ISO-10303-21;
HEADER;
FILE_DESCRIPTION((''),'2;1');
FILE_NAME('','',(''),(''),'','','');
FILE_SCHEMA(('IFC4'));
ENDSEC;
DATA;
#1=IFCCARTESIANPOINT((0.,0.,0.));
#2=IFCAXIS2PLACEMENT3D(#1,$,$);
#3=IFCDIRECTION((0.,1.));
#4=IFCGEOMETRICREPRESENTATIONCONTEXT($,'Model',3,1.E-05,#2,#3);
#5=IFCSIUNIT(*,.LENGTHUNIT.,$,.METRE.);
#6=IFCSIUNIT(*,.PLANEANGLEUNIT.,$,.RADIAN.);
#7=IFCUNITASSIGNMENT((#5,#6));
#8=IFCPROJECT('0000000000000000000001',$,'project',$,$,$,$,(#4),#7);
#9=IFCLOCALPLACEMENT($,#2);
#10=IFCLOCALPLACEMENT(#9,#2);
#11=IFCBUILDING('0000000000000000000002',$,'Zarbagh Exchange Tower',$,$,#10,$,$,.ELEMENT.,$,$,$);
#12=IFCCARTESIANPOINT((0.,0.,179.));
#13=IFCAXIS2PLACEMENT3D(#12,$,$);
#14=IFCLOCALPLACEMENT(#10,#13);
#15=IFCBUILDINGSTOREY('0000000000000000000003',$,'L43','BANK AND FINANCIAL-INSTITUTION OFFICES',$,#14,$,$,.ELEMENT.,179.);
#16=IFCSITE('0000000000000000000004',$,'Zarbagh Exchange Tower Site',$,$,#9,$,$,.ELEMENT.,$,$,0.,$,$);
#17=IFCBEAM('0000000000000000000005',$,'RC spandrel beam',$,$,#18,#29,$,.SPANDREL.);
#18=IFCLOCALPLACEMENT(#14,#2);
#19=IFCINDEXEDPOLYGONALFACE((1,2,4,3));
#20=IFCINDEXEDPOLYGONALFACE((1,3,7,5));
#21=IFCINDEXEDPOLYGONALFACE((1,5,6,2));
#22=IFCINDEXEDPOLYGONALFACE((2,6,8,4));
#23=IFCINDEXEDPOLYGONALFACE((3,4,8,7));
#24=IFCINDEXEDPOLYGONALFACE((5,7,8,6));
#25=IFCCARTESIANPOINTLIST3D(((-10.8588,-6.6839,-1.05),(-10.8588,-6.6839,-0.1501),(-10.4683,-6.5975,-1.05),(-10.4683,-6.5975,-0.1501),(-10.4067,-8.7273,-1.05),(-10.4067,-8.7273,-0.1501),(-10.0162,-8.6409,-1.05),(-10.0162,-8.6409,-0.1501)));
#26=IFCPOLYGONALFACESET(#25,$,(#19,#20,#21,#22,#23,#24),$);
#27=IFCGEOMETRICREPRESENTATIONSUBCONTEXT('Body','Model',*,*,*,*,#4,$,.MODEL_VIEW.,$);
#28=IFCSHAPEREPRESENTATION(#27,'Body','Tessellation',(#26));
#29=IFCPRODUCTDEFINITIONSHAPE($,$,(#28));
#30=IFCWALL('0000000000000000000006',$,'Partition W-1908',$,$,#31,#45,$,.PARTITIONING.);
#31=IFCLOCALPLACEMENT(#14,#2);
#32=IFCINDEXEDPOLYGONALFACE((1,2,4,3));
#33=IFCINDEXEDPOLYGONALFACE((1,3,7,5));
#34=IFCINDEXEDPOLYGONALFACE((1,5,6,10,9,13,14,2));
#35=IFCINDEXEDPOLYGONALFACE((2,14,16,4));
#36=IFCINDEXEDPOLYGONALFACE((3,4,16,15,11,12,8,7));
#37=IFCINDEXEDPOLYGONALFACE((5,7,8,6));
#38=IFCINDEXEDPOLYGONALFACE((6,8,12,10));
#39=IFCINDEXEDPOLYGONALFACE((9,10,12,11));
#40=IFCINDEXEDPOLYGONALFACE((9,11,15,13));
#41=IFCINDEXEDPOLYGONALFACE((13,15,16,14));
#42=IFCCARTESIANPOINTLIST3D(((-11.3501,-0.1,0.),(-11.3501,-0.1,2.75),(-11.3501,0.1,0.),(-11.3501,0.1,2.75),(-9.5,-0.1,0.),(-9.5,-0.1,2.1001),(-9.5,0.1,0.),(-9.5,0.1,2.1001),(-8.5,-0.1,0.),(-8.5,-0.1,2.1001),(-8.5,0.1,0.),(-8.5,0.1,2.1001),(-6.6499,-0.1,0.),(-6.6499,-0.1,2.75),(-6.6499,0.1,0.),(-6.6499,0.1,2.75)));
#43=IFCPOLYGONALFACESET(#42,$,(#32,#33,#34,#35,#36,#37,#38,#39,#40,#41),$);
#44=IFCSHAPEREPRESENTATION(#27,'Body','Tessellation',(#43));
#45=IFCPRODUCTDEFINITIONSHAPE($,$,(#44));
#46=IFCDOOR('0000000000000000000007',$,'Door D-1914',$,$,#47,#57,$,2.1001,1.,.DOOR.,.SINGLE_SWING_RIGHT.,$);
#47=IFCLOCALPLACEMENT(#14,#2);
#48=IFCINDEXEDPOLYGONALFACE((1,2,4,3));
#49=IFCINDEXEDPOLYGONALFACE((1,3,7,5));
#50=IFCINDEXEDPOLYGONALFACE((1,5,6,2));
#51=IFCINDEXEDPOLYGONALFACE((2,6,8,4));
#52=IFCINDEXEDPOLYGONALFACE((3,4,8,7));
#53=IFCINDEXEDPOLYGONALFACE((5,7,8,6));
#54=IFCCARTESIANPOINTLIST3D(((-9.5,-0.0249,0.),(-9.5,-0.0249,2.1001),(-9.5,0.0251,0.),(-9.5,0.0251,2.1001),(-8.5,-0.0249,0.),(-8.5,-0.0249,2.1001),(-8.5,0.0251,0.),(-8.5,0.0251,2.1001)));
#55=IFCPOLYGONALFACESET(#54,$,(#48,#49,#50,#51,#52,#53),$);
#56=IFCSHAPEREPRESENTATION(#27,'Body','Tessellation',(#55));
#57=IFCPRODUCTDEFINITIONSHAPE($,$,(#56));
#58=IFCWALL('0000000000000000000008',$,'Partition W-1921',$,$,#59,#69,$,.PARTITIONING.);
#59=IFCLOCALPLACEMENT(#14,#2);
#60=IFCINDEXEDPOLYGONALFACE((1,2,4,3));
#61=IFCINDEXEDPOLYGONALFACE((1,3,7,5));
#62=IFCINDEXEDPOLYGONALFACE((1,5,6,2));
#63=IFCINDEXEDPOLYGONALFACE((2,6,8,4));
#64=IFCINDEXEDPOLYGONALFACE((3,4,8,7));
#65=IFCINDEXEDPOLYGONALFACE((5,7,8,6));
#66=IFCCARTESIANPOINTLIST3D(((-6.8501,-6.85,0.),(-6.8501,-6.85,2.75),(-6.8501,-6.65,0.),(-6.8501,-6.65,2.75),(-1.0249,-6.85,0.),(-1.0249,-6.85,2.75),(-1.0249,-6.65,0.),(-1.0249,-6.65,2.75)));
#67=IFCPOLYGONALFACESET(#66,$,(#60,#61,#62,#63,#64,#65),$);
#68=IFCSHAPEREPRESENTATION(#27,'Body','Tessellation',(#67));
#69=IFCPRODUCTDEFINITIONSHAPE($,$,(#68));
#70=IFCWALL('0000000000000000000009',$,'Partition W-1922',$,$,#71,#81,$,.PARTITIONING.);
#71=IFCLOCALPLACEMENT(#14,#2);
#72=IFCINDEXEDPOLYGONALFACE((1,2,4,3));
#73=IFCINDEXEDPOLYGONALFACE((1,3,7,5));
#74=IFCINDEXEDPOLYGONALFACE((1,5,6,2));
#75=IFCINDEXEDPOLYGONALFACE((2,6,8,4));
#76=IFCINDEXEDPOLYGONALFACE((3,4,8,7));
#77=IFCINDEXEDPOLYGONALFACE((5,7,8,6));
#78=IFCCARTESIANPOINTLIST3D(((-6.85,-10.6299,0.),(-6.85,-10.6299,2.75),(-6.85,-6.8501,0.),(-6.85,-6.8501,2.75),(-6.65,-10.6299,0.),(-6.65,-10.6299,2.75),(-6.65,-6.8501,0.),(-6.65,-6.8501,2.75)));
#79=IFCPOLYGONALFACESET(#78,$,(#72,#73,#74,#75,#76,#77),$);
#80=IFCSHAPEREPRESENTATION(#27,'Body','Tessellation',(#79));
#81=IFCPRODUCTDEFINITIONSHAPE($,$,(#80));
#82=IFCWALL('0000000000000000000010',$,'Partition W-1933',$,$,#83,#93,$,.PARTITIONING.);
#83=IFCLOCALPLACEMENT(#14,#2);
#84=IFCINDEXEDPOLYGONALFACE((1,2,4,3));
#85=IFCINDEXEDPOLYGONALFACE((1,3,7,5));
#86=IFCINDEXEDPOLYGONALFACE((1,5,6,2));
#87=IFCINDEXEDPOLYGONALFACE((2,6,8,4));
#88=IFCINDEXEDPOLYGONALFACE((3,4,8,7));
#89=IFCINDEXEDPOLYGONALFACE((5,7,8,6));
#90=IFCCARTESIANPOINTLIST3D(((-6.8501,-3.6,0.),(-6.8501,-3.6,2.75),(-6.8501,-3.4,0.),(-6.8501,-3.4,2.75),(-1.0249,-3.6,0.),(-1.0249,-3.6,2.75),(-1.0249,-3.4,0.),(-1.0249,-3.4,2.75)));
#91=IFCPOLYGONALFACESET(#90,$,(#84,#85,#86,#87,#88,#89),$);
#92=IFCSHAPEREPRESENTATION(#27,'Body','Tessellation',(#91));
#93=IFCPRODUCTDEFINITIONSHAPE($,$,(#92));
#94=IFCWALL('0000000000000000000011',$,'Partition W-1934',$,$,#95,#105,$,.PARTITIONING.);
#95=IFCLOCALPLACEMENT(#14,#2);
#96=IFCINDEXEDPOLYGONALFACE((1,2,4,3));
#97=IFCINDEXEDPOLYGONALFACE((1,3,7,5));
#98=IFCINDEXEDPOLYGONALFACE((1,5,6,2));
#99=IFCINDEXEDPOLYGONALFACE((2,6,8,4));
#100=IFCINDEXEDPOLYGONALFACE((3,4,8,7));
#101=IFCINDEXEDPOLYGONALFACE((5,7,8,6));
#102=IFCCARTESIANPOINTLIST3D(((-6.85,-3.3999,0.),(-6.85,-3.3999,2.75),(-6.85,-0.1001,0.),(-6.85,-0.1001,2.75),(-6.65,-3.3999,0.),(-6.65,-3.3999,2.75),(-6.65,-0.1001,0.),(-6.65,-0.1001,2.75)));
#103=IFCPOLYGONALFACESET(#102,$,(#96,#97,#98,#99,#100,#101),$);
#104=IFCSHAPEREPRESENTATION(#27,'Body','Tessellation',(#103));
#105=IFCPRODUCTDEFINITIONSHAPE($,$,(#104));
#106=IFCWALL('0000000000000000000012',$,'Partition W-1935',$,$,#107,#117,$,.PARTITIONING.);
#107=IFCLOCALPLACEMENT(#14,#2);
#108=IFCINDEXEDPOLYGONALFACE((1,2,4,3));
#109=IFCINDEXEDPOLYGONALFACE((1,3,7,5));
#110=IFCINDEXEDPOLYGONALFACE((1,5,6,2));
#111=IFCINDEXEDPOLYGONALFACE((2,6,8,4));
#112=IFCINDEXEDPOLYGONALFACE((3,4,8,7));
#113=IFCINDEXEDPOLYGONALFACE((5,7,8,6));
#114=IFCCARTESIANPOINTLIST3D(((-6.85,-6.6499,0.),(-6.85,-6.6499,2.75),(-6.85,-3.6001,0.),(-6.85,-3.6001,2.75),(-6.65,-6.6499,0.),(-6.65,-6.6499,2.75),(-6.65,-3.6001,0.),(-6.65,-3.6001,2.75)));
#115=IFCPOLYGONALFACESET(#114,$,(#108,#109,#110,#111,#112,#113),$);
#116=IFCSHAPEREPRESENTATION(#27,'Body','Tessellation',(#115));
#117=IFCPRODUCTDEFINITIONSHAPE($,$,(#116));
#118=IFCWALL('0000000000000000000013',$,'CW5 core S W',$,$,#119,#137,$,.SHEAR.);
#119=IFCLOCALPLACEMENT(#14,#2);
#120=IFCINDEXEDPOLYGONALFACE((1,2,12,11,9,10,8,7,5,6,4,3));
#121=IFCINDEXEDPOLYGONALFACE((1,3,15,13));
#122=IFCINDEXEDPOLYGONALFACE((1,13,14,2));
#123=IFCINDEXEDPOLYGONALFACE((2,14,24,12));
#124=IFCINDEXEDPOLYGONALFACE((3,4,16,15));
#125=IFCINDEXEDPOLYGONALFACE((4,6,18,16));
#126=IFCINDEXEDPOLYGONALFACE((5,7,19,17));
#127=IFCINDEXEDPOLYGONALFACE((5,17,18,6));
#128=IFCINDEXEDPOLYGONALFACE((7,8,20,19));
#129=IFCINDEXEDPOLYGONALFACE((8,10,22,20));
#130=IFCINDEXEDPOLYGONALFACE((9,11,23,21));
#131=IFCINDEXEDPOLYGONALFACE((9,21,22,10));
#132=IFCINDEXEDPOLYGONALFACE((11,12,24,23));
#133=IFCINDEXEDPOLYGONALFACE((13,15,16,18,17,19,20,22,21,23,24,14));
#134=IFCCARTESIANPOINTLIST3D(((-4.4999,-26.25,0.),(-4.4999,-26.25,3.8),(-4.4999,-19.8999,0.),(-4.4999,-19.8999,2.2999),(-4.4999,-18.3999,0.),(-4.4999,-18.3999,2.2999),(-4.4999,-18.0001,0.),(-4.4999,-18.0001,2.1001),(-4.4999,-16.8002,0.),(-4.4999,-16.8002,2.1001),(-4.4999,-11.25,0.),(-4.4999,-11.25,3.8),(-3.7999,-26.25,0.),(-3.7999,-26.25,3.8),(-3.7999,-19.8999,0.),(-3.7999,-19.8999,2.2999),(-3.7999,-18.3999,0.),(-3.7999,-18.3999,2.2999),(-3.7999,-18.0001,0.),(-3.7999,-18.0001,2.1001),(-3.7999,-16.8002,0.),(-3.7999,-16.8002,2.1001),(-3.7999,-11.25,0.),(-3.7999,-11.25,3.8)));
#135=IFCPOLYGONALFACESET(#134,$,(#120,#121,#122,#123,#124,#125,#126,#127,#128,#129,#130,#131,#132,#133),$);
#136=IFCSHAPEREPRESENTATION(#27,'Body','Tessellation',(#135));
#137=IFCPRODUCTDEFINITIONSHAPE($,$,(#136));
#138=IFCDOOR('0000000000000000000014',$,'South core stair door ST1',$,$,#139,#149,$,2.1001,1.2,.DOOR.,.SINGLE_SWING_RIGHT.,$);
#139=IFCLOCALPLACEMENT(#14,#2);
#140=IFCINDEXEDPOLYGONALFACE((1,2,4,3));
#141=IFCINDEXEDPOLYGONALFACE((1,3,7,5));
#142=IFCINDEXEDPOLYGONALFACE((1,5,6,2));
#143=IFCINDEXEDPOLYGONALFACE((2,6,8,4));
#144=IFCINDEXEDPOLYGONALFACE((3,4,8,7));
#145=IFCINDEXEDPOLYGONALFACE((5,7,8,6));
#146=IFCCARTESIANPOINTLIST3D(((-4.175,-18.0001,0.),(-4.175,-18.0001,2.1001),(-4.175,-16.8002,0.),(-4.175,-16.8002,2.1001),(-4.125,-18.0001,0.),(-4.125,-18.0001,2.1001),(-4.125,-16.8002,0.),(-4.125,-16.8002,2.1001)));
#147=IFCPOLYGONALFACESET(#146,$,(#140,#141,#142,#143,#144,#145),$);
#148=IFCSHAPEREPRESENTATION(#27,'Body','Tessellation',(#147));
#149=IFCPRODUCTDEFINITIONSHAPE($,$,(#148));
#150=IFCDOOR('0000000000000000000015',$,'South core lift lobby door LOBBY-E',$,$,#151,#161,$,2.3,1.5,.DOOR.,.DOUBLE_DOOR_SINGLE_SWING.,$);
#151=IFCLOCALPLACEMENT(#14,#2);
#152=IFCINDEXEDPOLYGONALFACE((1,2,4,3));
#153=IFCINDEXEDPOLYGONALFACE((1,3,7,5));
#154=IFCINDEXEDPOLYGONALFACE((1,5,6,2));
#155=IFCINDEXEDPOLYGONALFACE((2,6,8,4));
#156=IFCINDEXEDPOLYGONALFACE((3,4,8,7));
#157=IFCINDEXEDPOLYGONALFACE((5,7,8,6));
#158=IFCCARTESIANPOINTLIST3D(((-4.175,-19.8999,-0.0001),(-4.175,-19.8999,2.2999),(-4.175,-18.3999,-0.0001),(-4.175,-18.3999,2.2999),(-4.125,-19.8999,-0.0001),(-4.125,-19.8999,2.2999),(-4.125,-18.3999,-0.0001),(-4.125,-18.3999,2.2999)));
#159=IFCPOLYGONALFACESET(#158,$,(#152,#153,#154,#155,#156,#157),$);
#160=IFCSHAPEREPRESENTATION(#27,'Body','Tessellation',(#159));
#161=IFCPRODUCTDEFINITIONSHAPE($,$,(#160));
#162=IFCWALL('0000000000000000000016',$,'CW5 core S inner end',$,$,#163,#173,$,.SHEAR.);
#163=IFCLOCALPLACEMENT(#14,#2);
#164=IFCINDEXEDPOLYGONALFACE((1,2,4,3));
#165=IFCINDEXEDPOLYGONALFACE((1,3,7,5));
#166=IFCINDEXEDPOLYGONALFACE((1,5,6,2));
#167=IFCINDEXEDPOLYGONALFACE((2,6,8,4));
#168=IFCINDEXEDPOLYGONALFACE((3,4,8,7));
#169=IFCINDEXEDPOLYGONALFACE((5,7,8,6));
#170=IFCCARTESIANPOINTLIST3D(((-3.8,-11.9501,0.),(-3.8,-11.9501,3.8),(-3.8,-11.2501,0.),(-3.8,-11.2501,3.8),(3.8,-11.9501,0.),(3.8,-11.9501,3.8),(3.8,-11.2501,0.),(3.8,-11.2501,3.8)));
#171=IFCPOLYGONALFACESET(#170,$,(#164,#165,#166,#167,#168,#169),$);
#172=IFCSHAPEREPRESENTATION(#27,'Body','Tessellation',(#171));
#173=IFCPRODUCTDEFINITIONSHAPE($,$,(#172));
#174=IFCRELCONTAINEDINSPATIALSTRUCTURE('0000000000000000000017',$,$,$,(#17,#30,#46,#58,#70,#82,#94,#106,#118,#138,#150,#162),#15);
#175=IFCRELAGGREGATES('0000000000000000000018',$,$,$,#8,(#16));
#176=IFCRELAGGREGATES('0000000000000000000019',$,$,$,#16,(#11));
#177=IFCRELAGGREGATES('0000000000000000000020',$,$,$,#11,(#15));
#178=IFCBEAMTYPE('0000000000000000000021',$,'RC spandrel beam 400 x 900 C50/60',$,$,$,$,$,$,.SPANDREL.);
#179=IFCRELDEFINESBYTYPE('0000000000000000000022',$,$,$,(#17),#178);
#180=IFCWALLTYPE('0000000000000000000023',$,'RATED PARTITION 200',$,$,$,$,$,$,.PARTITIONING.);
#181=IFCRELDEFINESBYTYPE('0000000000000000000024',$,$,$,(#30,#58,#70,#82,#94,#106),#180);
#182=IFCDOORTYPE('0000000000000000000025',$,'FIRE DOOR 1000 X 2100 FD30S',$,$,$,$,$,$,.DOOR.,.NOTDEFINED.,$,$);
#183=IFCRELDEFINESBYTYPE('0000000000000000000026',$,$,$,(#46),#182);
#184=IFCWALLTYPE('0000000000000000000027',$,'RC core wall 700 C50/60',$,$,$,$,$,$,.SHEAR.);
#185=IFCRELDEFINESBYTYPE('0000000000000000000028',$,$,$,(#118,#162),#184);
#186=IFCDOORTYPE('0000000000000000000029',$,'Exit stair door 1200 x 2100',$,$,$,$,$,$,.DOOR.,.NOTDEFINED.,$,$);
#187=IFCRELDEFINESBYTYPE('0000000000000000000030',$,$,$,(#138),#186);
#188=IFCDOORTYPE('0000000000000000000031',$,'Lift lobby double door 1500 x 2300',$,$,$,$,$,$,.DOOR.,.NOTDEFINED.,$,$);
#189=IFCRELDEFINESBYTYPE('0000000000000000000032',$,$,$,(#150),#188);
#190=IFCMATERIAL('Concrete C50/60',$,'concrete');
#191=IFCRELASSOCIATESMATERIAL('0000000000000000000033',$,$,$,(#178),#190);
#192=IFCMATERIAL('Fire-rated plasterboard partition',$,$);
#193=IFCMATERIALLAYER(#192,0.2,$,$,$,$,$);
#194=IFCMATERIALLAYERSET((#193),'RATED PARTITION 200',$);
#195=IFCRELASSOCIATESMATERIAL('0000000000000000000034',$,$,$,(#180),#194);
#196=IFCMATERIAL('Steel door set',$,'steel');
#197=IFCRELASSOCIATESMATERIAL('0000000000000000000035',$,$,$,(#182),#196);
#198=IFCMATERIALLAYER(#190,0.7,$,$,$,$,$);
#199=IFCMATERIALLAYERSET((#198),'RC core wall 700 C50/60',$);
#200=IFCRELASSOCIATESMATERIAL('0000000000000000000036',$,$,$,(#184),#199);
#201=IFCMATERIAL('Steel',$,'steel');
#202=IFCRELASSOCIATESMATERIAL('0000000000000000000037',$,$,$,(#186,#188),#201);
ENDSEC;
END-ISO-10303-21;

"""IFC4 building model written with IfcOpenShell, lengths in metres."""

from ifc_helpers import new_model, si_unit, direction, frame, frame_2d, origin, origin_2d, place, context, subcontext, project, spatial, rectangle, extrude, material, layer, layer_set, material_profile, profile_set, type_object, element, fill, save


model = new_model("IFC4")

# Units and contexts
model_context = context("Model", 3, precision=1e-05, world=origin(), true_north=direction((0.0, 1.0)))
body_context = subcontext(model_context, "Body", "Model", "MODEL_VIEW")
ifc_project = project(units=[si_unit("LENGTHUNIT", "METRE"), si_unit("PLANEANGLEUNIT", "RADIAN")], contexts=[model_context])

# Site, building, storey
site_placement = place(None, origin())
site = spatial("IfcSite", under=ifc_project, at=site_placement, Name="Zarbagh Exchange Tower Site", CompositionType="ELEMENT", RefElevation=0.0)
building_placement = place(site_placement, origin())
building = spatial("IfcBuilding", under=site, at=building_placement, Name="Zarbagh Exchange Tower", CompositionType="ELEMENT")
storey_placement = place(building_placement, frame((0.0, 0.0, 179.0)))
storey = spatial("IfcBuildingStorey", under=building, at=storey_placement, Name="L43", Description="BANK AND FINANCIAL-INSTITUTION OFFICES", CompositionType="ELEMENT", Elevation=179.0)

# Shared definitions
ifc_material_1 = material(Name="Concrete C50/60", Category="concrete")

# Beam
ifc_material_profile_1 = material_profile(ifc_material_1, rectangle(XDim=0.3999, YDim=0.8999, at=origin_2d()), Name="RC spandrel beam 400 x 900 C50/60")
ifc_profile_set_1 = profile_set([ifc_material_profile_1], Name="Concrete C50/60")
beam_type_1 = type_object("IfcBeamType", Name="RC spandrel beam 400 x 900 C50/60", PredefinedType="SPANDREL", material=ifc_profile_set_1)
beam_1_placement = place(storey_placement, frame((-10.2114, -8.6841, -0.6001), z_axis=(-0.216041, 0.976384, 0.0), x_axis=(-0.976384, -0.216041, 0.0)))
element("IfcBeam", 1, at=beam_1_placement, inside=storey, type_object=beam_type_1, Name="RC spandrel beam", PredefinedType="SPANDREL", context=body_context, shape_type="SweptSolid", body=[
    extrude(rectangle(XDim=0.3999, YDim=0.8999, at=origin_2d()), origin(), (0.0, 0.0, 1.0), 2.0928),
])

# Wall, opening, door
ifc_material_2 = material(Name="Fire-rated plasterboard partition")
ifc_layer_1 = layer(ifc_material_2, 0.2)
ifc_layer_set_1 = layer_set([ifc_layer_1], Name="RATED PARTITION 200")
wall_type_1 = type_object("IfcWallType", Name="RATED PARTITION 200", PredefinedType="PARTITIONING", material=ifc_layer_set_1)
wall_1_placement = place(storey_placement, frame((-6.6499, 0.0, 0.0), z_axis=(0.0, 0.0, 1.0), x_axis=(-1.0, 0.0, 0.0)))
wall_1 = element("IfcWall", 2, at=wall_1_placement, inside=storey, type_object=wall_type_1, Name="Partition W-1908", PredefinedType="PARTITIONING", context=body_context, shape_type="SweptSolid", body=[
    extrude(rectangle(XDim=4.7002, YDim=0.2, at=frame_2d((2.3501, 0.0))), origin(), (0.0, 0.0, 1.0), 2.75),
])
opening_1_placement = place(wall_1_placement, frame((1.8501, 0.0, 0.0)))
opening_1 = element("IfcOpeningElement", 3, at=opening_1_placement, cuts=wall_1, PredefinedType="OPENING", context=body_context, shape_type="SweptSolid", body=[
    extrude(rectangle(XDim=1.0, YDim=2.1001, at=frame_2d((0.5, 1.05))), frame((0.0, 0.1099, 0.0), z_axis=(0.0, -1.0, 0.0), x_axis=(1.0, 0.0, 0.0)), (0.0, 0.0, 1.0), 0.22),
])
ifc_material_3 = material(Name="Steel door set", Category="steel")
door_type_1 = type_object("IfcDoorType", Name="FIRE DOOR 1000 X 2100 FD30S", OperationType="NOTDEFINED", PredefinedType="DOOR", material=ifc_material_3)
door_1_placement = place(opening_1_placement, origin())
door_1 = element("IfcDoor", 4, at=door_1_placement, inside=storey, type_object=door_type_1, Name="Door D-1914", OperationType="SINGLE_SWING_RIGHT", OverallHeight=2.1001, OverallWidth=1.0, PredefinedType="DOOR", context=body_context, shape_type="SweptSolid", body=[
    extrude(rectangle(XDim=1.0, YDim=2.1001, at=frame_2d((0.5, 1.05))), frame((0.0, 0.0249, 0.0), z_axis=(0.0, -1.0, 0.0), x_axis=(1.0, 0.0, 0.0)), (0.0, 0.0, 1.0), 0.05),
])
fill(opening_1, door_1)

# Walls
wall_2_placement = place(storey_placement, frame((-6.8501, -6.75, 0.0), z_axis=(0.0, 0.0, 1.0), x_axis=(1.0, 0.0, 0.0)))
element("IfcWall", 5, at=wall_2_placement, inside=storey, type_object=wall_type_1, Name="Partition W-1921", PredefinedType="PARTITIONING", context=body_context, shape_type="SweptSolid", body=[
    extrude(rectangle(XDim=5.8252, YDim=0.2, at=frame_2d((2.9126, 0.0))), origin(), (0.0, 0.0, 1.0), 2.75),
])
wall_3_placement = place(storey_placement, frame((-6.75, -10.6299, 0.0), z_axis=(0.0, 0.0, 1.0), x_axis=(0.0, 1.0, 0.0)))
element("IfcWall", 6, at=wall_3_placement, inside=storey, type_object=wall_type_1, Name="Partition W-1922", PredefinedType="PARTITIONING", context=body_context, shape_type="SweptSolid", body=[
    extrude(rectangle(XDim=3.7798, YDim=0.2, at=frame_2d((1.8899, 0.0))), origin(), (0.0, 0.0, 1.0), 2.75),
])
wall_4_placement = place(storey_placement, frame((-6.8501, -3.5, 0.0), z_axis=(0.0, 0.0, 1.0), x_axis=(1.0, 0.0, 0.0)))
element("IfcWall", 7, at=wall_4_placement, inside=storey, type_object=wall_type_1, Name="Partition W-1933", PredefinedType="PARTITIONING", context=body_context, shape_type="SweptSolid", body=[
    extrude(rectangle(XDim=5.8252, YDim=0.2, at=frame_2d((2.9126, 0.0))), origin(), (0.0, 0.0, 1.0), 2.75),
])
wall_5_placement = place(storey_placement, frame((-6.75, -3.3999, 0.0), z_axis=(0.0, 0.0, 1.0), x_axis=(0.0, 1.0, 0.0)))
element("IfcWall", 8, at=wall_5_placement, inside=storey, type_object=wall_type_1, Name="Partition W-1934", PredefinedType="PARTITIONING", context=body_context, shape_type="SweptSolid", body=[
    extrude(rectangle(XDim=3.2998, YDim=0.2, at=frame_2d((1.6499, 0.0))), origin(), (0.0, 0.0, 1.0), 2.75),
])
wall_6_placement = place(storey_placement, frame((-6.75, -6.6499, 0.0), z_axis=(0.0, 0.0, 1.0), x_axis=(0.0, 1.0, 0.0)))
element("IfcWall", 9, at=wall_6_placement, inside=storey, type_object=wall_type_1, Name="Partition W-1935", PredefinedType="PARTITIONING", context=body_context, shape_type="SweptSolid", body=[
    extrude(rectangle(XDim=3.0498, YDim=0.2, at=frame_2d((1.5249, 0.0))), origin(), (0.0, 0.0, 1.0), 2.75),
])

# Wall, openings, doors
ifc_layer_2 = layer(ifc_material_1, 0.7)
ifc_layer_set_2 = layer_set([ifc_layer_2], Name="RC core wall 700 C50/60")
wall_type_2 = type_object("IfcWallType", Name="RC core wall 700 C50/60", PredefinedType="SHEAR", material=ifc_layer_set_2)
wall_7_placement = place(storey_placement, frame((-4.1499, -11.25, 0.0), z_axis=(0.0, 0.0, 1.0), x_axis=(0.0, -1.0, 0.0)))
wall_7 = element("IfcWall", 10, at=wall_7_placement, inside=storey, type_object=wall_type_2, Name="CW5 core S W", PredefinedType="SHEAR", context=body_context, shape_type="SweptSolid", body=[
    extrude(rectangle(XDim=15.0, YDim=0.7, at=frame_2d((7.5, 0.0))), origin(), (0.0, 0.0, 1.0), 3.8),
])
opening_2_placement = place(wall_7_placement, frame((7.1499, 0.0, 0.0)))
opening_2 = element("IfcOpeningElement", 11, at=opening_2_placement, cuts=wall_7, PredefinedType="OPENING", context=body_context, shape_type="SweptSolid", body=[
    extrude(rectangle(XDim=1.5, YDim=2.3, at=frame_2d((0.75, 1.1499))), frame((0.0, 0.3599, 0.0), z_axis=(0.0, -1.0, 0.0), x_axis=(1.0, 0.0, 0.0)), (0.0, 0.0, 1.0), 0.72),
])
opening_3_placement = place(wall_7_placement, frame((5.55, 0.0, 0.0)))
opening_3 = element("IfcOpeningElement", 12, at=opening_3_placement, cuts=wall_7, PredefinedType="OPENING", context=body_context, shape_type="SweptSolid", body=[
    extrude(rectangle(XDim=1.2, YDim=2.1001, at=frame_2d((0.6001, 1.05))), frame((0.0, 0.3599, 0.0), z_axis=(0.0, -1.0, 0.0), x_axis=(1.0, 0.0, 0.0)), (0.0, 0.0, 1.0), 0.72),
])
ifc_material_4 = material(Name="Steel", Category="steel")
door_type_2 = type_object("IfcDoorType", Name="Exit stair door 1200 x 2100", OperationType="NOTDEFINED", PredefinedType="DOOR", material=ifc_material_4)
door_2_placement = place(opening_3_placement, origin())
door_2 = element("IfcDoor", 13, at=door_2_placement, inside=storey, type_object=door_type_2, Name="South core stair door ST1", OperationType="SINGLE_SWING_RIGHT", OverallHeight=2.1001, OverallWidth=1.2, PredefinedType="DOOR", context=body_context, shape_type="SweptSolid", body=[
    extrude(rectangle(XDim=1.2, YDim=2.1001, at=frame_2d((0.6001, 1.05))), frame((0.0, 0.0249, 0.0), z_axis=(0.0, -1.0, 0.0), x_axis=(1.0, 0.0, 0.0)), (0.0, 0.0, 1.0), 0.05),
])
fill(opening_3, door_2)
door_type_3 = type_object("IfcDoorType", Name="Lift lobby double door 1500 x 2300", OperationType="NOTDEFINED", PredefinedType="DOOR", material=ifc_material_4)
door_3_placement = place(opening_2_placement, origin())
door_3 = element("IfcDoor", 14, at=door_3_placement, inside=storey, type_object=door_type_3, Name="South core lift lobby door LOBBY-E", OperationType="DOUBLE_DOOR_SINGLE_SWING", OverallHeight=2.3, OverallWidth=1.5, PredefinedType="DOOR", context=body_context, shape_type="SweptSolid", body=[
    extrude(rectangle(XDim=1.5, YDim=2.3, at=frame_2d((0.75, 1.1499))), frame((0.0, 0.0249, 0.0), z_axis=(0.0, -1.0, 0.0), x_axis=(1.0, 0.0, 0.0)), (0.0, 0.0, 1.0), 0.05),
])
fill(opening_2, door_3)

# Wall
wall_8_placement = place(storey_placement, frame((-3.8, -11.6001, 0.0), z_axis=(0.0, 0.0, 1.0), x_axis=(1.0, 0.0, 0.0)))
element("IfcWall", 15, at=wall_8_placement, inside=storey, type_object=wall_type_2, Name="CW5 core S inner end", PredefinedType="SHEAR", context=body_context, shape_type="SweptSolid", body=[
    extrude(rectangle(XDim=7.6001, YDim=0.7, at=frame_2d((3.8, 0.0))), origin(), (0.0, 0.0, 1.0), 3.8),
])

save(model, "model.ifc")
